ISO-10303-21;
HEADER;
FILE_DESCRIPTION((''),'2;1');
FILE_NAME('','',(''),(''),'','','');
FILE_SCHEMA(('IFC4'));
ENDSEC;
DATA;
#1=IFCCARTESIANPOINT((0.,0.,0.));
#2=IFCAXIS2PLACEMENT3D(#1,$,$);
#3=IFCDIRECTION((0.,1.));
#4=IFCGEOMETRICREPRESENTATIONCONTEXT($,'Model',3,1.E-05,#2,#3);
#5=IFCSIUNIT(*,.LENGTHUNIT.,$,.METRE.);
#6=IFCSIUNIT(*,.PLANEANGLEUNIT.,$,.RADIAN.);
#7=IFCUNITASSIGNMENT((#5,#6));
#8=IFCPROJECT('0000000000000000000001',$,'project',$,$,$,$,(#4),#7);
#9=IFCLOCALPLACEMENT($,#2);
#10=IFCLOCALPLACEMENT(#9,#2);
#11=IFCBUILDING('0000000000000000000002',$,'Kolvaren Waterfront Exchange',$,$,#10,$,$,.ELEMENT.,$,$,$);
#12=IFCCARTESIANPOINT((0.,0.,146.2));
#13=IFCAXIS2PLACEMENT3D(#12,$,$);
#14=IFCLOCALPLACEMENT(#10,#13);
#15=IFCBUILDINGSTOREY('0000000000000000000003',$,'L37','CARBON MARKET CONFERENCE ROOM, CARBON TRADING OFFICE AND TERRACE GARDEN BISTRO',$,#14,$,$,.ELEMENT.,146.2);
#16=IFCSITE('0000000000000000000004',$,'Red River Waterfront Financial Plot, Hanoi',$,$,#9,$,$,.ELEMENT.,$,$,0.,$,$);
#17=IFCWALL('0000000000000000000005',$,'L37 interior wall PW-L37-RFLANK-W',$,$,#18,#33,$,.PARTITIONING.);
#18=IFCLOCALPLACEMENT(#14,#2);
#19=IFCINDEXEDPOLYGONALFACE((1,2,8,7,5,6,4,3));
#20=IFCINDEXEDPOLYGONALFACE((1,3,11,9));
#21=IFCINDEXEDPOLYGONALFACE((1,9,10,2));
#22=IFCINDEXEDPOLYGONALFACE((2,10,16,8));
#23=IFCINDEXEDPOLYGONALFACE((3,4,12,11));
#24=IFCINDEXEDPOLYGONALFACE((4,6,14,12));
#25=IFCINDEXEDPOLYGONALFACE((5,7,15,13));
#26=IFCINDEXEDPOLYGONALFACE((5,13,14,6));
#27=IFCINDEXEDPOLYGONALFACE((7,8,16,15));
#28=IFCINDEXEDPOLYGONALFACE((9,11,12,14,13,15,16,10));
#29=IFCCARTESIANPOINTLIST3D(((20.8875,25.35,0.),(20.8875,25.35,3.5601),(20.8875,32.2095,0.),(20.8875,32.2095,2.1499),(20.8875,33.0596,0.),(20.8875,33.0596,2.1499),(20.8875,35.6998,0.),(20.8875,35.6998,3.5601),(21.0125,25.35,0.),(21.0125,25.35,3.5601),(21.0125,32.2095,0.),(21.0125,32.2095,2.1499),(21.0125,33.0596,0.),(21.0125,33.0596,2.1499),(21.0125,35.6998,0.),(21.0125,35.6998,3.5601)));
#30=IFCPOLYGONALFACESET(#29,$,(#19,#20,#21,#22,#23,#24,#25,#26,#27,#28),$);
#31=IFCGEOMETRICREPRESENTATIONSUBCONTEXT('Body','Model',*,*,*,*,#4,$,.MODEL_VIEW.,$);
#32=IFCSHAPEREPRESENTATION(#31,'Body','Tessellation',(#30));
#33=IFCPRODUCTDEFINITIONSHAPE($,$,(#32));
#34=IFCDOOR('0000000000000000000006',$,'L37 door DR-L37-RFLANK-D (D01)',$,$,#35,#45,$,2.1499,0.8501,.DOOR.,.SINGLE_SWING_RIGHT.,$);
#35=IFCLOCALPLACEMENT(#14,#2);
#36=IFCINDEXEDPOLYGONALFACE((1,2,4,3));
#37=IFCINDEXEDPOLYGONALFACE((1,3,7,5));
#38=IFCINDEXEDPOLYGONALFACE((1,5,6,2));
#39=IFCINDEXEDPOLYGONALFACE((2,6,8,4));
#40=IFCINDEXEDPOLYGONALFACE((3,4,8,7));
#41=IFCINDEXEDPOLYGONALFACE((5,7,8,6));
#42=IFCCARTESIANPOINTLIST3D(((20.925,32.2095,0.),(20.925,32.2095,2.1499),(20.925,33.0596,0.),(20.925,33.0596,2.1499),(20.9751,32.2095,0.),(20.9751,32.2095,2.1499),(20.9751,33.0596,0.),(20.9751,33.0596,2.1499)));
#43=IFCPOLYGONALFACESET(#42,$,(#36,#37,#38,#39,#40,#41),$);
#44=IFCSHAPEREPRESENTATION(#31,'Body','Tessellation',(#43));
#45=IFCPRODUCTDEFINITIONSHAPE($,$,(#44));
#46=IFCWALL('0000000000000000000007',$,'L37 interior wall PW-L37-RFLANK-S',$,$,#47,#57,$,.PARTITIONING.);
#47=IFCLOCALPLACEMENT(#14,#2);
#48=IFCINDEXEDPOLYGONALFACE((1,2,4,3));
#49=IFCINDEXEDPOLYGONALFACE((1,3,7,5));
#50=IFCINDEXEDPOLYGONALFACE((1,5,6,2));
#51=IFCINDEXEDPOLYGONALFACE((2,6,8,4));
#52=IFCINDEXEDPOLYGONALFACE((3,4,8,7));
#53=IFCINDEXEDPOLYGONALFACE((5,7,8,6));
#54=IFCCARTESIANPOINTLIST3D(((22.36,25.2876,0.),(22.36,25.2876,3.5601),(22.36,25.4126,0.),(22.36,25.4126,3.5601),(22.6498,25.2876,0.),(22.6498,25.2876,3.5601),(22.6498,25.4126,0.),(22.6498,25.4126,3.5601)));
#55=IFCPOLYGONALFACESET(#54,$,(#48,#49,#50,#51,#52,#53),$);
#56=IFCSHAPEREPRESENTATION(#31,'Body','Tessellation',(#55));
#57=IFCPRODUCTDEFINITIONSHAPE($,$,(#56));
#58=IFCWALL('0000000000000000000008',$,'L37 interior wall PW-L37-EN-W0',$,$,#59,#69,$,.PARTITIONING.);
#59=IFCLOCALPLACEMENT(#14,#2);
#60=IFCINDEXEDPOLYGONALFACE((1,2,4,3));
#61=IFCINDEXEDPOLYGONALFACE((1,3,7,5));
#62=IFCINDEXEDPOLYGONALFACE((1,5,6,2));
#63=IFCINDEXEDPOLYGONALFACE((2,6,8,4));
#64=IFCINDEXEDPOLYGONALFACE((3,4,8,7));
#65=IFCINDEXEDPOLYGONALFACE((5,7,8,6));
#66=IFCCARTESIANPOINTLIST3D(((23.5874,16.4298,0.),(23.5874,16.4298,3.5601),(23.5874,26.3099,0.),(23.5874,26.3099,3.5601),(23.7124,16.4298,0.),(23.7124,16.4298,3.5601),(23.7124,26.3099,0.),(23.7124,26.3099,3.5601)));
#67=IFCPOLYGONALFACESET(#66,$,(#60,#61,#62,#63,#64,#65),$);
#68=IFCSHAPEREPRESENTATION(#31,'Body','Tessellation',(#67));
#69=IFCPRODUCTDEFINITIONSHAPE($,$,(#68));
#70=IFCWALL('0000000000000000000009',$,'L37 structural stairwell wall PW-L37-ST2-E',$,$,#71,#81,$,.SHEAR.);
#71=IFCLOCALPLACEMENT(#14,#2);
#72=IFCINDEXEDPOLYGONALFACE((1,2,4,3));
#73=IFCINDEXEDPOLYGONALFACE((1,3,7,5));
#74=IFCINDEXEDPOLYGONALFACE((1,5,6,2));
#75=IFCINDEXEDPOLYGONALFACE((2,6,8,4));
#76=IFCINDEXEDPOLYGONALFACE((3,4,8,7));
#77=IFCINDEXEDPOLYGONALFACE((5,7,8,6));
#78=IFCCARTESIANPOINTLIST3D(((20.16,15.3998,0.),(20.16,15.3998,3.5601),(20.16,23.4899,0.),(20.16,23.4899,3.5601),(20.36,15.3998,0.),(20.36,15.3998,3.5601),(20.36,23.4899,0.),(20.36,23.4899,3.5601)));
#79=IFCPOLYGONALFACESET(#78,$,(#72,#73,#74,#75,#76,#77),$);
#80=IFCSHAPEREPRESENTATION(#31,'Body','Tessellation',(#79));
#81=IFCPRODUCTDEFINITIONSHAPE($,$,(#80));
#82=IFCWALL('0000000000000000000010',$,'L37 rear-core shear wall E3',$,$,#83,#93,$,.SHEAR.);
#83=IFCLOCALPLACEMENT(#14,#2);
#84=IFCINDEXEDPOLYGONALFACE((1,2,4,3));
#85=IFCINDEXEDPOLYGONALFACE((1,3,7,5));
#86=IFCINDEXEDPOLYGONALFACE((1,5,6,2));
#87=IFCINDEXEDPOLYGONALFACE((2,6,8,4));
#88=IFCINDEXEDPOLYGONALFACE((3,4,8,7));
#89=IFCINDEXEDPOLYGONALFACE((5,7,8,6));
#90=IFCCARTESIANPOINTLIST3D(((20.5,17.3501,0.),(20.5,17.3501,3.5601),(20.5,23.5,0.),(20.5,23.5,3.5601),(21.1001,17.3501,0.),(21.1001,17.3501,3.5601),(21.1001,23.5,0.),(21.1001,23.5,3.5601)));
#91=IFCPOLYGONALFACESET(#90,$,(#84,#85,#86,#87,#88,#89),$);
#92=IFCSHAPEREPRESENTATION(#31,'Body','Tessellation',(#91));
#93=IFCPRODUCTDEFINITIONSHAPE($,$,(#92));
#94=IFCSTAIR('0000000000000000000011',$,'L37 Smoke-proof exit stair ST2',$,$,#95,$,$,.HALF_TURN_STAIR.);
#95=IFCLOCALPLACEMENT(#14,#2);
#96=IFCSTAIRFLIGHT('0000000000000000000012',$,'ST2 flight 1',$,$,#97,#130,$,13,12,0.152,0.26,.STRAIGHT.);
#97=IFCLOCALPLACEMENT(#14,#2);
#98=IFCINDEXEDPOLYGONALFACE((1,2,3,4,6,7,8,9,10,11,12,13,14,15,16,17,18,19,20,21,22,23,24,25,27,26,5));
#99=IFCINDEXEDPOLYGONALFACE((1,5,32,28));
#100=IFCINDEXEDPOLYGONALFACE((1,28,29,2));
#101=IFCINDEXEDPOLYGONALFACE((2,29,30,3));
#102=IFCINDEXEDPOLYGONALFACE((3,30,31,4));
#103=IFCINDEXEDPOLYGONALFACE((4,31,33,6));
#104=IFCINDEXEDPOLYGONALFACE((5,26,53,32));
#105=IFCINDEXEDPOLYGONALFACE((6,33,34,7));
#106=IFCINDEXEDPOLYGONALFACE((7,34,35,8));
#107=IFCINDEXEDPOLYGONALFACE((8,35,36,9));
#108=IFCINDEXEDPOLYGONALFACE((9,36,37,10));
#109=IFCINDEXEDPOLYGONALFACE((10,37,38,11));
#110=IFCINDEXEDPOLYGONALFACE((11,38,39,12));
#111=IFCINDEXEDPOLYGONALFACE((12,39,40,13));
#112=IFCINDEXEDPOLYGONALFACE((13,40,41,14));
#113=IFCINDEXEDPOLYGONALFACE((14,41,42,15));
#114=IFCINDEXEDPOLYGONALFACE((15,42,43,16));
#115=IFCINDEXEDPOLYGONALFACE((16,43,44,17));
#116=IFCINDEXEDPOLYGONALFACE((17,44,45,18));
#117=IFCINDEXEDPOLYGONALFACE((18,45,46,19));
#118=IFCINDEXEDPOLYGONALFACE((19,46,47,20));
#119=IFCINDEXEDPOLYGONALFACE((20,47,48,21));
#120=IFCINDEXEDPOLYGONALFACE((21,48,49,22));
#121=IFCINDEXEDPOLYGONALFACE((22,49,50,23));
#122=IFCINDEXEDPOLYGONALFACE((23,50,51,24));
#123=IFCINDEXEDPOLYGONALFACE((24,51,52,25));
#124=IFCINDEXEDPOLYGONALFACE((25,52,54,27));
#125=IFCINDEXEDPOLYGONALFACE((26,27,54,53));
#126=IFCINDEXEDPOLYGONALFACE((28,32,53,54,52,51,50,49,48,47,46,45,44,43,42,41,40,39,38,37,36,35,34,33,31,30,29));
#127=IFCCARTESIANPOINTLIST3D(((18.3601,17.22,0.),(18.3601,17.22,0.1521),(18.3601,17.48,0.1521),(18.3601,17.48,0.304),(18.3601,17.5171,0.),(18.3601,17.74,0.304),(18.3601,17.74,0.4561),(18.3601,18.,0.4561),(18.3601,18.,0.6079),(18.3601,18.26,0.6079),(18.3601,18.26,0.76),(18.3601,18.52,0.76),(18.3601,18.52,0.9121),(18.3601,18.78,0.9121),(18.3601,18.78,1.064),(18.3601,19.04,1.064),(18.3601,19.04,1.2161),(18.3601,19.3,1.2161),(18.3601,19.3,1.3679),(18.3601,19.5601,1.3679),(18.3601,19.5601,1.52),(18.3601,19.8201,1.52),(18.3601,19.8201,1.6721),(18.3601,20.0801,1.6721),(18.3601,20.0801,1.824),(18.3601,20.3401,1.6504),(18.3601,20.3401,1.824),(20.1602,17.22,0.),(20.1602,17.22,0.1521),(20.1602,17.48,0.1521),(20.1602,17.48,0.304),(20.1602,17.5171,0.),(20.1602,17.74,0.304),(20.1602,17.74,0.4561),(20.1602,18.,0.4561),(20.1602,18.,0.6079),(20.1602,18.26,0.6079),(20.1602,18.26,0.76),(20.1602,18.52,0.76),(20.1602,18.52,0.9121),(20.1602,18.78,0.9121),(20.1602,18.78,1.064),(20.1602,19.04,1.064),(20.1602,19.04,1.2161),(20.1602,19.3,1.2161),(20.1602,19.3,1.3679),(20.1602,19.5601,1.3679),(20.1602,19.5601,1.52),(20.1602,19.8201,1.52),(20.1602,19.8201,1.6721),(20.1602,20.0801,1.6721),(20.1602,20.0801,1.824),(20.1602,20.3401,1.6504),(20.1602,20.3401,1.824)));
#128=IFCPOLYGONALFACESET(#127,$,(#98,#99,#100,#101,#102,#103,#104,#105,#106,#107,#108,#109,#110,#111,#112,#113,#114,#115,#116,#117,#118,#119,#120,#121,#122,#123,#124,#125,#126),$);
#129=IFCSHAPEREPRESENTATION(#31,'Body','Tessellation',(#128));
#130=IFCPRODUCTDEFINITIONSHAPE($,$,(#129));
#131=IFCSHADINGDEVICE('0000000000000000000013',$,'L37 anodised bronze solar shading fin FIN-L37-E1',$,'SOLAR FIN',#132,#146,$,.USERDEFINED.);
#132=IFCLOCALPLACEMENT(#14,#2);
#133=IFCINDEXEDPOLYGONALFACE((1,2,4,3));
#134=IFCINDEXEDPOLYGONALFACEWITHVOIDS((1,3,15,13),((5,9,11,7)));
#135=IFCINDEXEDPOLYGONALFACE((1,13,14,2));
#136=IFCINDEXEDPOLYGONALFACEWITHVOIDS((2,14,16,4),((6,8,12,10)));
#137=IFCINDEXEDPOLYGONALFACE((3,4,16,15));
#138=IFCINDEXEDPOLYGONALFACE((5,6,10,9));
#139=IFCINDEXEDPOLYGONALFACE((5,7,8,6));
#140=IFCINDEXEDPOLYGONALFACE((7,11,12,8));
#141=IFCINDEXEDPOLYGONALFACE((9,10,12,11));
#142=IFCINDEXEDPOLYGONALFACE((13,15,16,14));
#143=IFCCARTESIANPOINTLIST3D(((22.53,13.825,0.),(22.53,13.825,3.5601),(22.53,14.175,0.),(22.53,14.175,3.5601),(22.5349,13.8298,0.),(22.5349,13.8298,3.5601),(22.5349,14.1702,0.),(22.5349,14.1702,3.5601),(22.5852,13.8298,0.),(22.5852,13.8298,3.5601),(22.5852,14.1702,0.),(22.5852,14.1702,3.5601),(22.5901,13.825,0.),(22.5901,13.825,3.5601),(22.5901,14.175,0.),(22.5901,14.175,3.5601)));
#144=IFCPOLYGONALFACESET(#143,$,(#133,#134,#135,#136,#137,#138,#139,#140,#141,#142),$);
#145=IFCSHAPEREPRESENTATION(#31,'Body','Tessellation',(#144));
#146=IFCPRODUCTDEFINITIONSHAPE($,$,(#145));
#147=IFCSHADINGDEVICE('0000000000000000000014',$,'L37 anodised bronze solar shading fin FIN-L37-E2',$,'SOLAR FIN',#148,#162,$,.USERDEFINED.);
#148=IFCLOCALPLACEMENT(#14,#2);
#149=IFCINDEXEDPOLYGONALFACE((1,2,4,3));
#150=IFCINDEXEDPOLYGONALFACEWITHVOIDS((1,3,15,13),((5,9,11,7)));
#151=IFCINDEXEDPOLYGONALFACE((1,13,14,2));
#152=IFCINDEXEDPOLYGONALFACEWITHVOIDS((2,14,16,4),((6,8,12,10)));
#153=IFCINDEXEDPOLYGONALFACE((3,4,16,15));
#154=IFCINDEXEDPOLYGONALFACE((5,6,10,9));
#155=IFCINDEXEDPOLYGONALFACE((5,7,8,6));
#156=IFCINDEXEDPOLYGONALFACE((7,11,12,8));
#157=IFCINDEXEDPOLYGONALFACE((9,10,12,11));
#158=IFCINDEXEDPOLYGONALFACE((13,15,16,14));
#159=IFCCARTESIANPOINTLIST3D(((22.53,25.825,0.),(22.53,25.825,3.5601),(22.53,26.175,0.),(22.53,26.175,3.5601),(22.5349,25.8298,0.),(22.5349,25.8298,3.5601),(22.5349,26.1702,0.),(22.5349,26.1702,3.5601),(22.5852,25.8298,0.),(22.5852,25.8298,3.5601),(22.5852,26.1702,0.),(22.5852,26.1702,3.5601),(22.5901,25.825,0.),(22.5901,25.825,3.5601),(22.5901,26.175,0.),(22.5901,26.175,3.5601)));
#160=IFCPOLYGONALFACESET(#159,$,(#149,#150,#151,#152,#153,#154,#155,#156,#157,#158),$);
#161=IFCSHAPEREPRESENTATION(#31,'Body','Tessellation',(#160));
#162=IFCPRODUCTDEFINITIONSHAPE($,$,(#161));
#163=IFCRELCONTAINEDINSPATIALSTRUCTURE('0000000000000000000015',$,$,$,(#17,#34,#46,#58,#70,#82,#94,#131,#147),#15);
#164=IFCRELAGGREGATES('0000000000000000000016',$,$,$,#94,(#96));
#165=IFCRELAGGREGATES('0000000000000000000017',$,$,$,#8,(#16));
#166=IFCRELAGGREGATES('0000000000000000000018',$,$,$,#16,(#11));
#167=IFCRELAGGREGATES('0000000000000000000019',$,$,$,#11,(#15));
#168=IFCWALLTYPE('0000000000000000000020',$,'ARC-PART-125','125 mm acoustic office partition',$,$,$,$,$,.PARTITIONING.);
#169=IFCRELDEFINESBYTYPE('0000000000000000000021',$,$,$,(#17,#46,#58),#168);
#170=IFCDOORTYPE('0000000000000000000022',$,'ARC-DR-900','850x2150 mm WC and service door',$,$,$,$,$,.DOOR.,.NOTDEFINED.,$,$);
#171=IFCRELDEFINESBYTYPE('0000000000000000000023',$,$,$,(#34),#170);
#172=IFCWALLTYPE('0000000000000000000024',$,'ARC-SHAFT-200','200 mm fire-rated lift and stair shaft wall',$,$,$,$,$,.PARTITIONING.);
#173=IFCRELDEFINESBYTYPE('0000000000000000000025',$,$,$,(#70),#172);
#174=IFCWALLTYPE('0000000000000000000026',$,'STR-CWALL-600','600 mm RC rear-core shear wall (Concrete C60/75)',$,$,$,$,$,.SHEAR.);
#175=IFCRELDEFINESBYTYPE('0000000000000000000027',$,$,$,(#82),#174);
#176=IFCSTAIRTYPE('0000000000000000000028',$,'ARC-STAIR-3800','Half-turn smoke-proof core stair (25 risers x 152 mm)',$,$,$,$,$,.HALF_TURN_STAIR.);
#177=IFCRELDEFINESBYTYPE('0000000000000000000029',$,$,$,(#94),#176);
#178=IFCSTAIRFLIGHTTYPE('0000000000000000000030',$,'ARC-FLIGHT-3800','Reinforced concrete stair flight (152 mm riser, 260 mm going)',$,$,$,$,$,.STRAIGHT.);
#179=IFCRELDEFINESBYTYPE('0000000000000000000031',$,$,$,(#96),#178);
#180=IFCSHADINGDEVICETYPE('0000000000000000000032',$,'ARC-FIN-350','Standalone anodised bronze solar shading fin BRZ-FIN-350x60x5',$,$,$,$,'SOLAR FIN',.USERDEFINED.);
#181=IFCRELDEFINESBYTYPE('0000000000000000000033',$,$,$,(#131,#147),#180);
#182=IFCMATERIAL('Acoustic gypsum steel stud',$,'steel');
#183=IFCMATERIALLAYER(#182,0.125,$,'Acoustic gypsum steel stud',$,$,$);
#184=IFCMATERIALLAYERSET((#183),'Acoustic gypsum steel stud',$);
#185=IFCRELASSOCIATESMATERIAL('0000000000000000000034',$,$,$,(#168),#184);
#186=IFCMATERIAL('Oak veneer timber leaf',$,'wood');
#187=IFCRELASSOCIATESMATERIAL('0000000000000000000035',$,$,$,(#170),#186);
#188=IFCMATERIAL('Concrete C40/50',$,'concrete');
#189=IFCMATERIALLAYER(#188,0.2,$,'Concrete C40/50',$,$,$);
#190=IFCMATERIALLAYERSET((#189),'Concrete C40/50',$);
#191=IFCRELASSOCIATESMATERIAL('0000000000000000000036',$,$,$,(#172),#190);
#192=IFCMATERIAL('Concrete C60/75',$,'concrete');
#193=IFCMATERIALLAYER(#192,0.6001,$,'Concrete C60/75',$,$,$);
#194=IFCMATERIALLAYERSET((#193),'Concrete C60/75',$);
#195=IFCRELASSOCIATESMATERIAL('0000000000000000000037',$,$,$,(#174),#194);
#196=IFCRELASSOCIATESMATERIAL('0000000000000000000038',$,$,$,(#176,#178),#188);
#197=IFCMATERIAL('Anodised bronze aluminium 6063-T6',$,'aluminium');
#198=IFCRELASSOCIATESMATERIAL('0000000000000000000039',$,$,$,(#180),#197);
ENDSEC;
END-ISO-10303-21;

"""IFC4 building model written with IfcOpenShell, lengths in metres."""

from ifc_helpers import new_model, si_unit, direction, frame, frame_2d, origin, origin_2d, place, context, subcontext, project, spatial, polyline, rectangle, hollow_rectangle, outline, extrude, material, layer, layer_set, material_profile, profile_set, type_object, element, fill, aggregate, save


model = new_model("IFC4")

# Units and contexts
model_context = context("Model", 3, precision=1e-05, world=origin(), true_north=direction((0.0, 1.0)))
body_context = subcontext(model_context, "Body", "Model", "MODEL_VIEW")
ifc_project = project(units=[si_unit("LENGTHUNIT", "METRE"), si_unit("PLANEANGLEUNIT", "RADIAN")], contexts=[model_context])

# Site, building, storey
site_placement = place(None, origin())
site = spatial("IfcSite", under=ifc_project, at=site_placement, Name="Red River Waterfront Financial Plot, Hanoi", CompositionType="ELEMENT", RefElevation=0.0)
building_placement = place(site_placement, origin())
building = spatial("IfcBuilding", under=site, at=building_placement, Name="Kolvaren Waterfront Exchange", CompositionType="ELEMENT")
storey_placement = place(building_placement, frame((0.0, 0.0, 146.2)))
storey = spatial("IfcBuildingStorey", under=building, at=storey_placement, Name="L37", Description="CARBON MARKET CONFERENCE ROOM, CARBON TRADING OFFICE AND TERRACE GARDEN BISTRO", CompositionType="ELEMENT", Elevation=146.2)

# Shared definitions
ifc_material_1 = material(Name="Concrete C60/75", Category="concrete")

# Shared definitions
ifc_material_2 = material(Name="Anodised bronze aluminium 6063-T6", Category="aluminium")

# Wall, opening, door
ifc_material_3 = material(Name="Acoustic gypsum steel stud", Category="steel")
ifc_layer_1 = layer(ifc_material_3, 0.125, Name="Acoustic gypsum steel stud")
ifc_layer_set_1 = layer_set([ifc_layer_1], Name="Acoustic gypsum steel stud")
wall_type_1 = type_object("IfcWallType", Name="ARC-PART-125", Description="125 mm acoustic office partition", PredefinedType="PARTITIONING", material=ifc_layer_set_1)
wall_1_placement = place(storey_placement, frame((20.95, 25.3501, 0.0), z_axis=(0.0, 0.0, 1.0), x_axis=(0.0, 1.0, 0.0)))
wall_1 = element("IfcWall", 1, at=wall_1_placement, inside=storey, type_object=wall_type_1, Name="L37 interior wall PW-L37-RFLANK-W", PredefinedType="PARTITIONING", context=body_context, shape_type="SweptSolid", body=[
    extrude(rectangle(XDim=10.3499, YDim=0.125, at=frame_2d((5.1748, 0.0))), origin(), (0.0, 0.0, 1.0), 3.5601),
])
opening_1_placement = place(wall_1_placement, frame((6.8594, 0.0, 0.0)))
opening_1 = element("IfcOpeningElement", 2, at=opening_1_placement, cuts=wall_1, PredefinedType="OPENING", context=body_context, shape_type="SweptSolid", body=[
    extrude(rectangle(XDim=0.8501, YDim=2.1499, at=frame_2d((0.425, 1.075))), frame((0.0, 0.0725, 0.0), z_axis=(0.0, -1.0, 0.0), x_axis=(1.0, 0.0, 0.0)), (0.0, 0.0, 1.0), 0.145),
])
ifc_material_4 = material(Name="Oak veneer timber leaf", Category="wood")
door_type_1 = type_object("IfcDoorType", Name="ARC-DR-900", Description="850x2150 mm WC and service door", OperationType="NOTDEFINED", PredefinedType="DOOR", material=ifc_material_4)
door_1_placement = place(opening_1_placement, origin())
door_1 = element("IfcDoor", 3, at=door_1_placement, inside=storey, type_object=door_type_1, Name="L37 door DR-L37-RFLANK-D (D01)", OperationType="SINGLE_SWING_RIGHT", OverallHeight=2.1499, OverallWidth=0.8501, PredefinedType="DOOR", context=body_context, shape_type="SweptSolid", body=[
    extrude(rectangle(XDim=0.8501, YDim=2.1499, at=frame_2d((0.425, 1.075))), frame((0.0, 0.0249, 0.0), z_axis=(0.0, -1.0, 0.0), x_axis=(1.0, 0.0, 0.0)), (0.0, 0.0, 1.0), 0.05),
])
fill(opening_1, door_1)

# Walls
wall_2_placement = place(storey_placement, frame((22.6499, 25.3501, 0.0), z_axis=(0.0, 0.0, 1.0), x_axis=(-1.0, 0.0, 0.0)))
element("IfcWall", 4, at=wall_2_placement, inside=storey, type_object=wall_type_1, Name="L37 interior wall PW-L37-RFLANK-S", PredefinedType="PARTITIONING", context=body_context, shape_type="SweptSolid", body=[
    extrude(rectangle(XDim=0.2898, YDim=0.125, at=frame_2d((0.145, 0.0))), origin(), (0.0, 0.0, 1.0), 3.5601),
])
wall_3_placement = place(storey_placement, frame((23.6499, 16.4299, 0.0), z_axis=(0.0, 0.0, 1.0), x_axis=(0.0, 1.0, 0.0)))
element("IfcWall", 5, at=wall_3_placement, inside=storey, type_object=wall_type_1, Name="L37 interior wall PW-L37-EN-W0", PredefinedType="PARTITIONING", context=body_context, shape_type="SweptSolid", body=[
    extrude(rectangle(XDim=9.8801, YDim=0.125, at=frame_2d((4.9399, 0.0))), origin(), (0.0, 0.0, 1.0), 3.5601),
])
ifc_material_5 = material(Name="Concrete C40/50", Category="concrete")
ifc_layer_2 = layer(ifc_material_5, 0.2, Name="Concrete C40/50")
ifc_layer_set_2 = layer_set([ifc_layer_2], Name="Concrete C40/50")
wall_type_2 = type_object("IfcWallType", Name="ARC-SHAFT-200", Description="200 mm fire-rated lift and stair shaft wall", PredefinedType="PARTITIONING", material=ifc_layer_set_2)
wall_4_placement = place(storey_placement, frame((20.26, 15.3999, 0.0), z_axis=(0.0, 0.0, 1.0), x_axis=(0.0, 1.0, 0.0)))
element("IfcWall", 6, at=wall_4_placement, inside=storey, type_object=wall_type_2, Name="L37 structural stairwell wall PW-L37-ST2-E", PredefinedType="SHEAR", context=body_context, shape_type="SweptSolid", body=[
    extrude(rectangle(XDim=8.0901, YDim=0.2, at=frame_2d((4.0449, 0.0))), origin(), (0.0, 0.0, 1.0), 3.5601),
])
ifc_layer_3 = layer(ifc_material_1, 0.6001, Name="Concrete C60/75")
ifc_layer_set_3 = layer_set([ifc_layer_3], Name="Concrete C60/75")
wall_type_3 = type_object("IfcWallType", Name="STR-CWALL-600", Description="600 mm RC rear-core shear wall (Concrete C60/75)", PredefinedType="SHEAR", material=ifc_layer_set_3)
wall_5_placement = place(storey_placement, frame((20.8, 17.3501, 0.0), z_axis=(0.0, 0.0, 1.0), x_axis=(0.0, 1.0, 0.0)))
element("IfcWall", 7, at=wall_5_placement, inside=storey, type_object=wall_type_3, Name="L37 rear-core shear wall E3", PredefinedType="SHEAR", context=body_context, shape_type="SweptSolid", body=[
    extrude(rectangle(XDim=6.1499, YDim=0.6001, at=frame_2d((3.075, 0.0))), origin(), (0.0, 0.0, 1.0), 3.5601),
])

# Stair, stair flight
stair_type = type_object("IfcStairType", Name="ARC-STAIR-3800", Description="Half-turn smoke-proof core stair (25 risers x 152 mm)", PredefinedType="HALF_TURN_STAIR", material=ifc_material_5)
stair_placement = place(storey_placement, origin())
stair = element("IfcStair", 8, at=stair_placement, inside=storey, type_object=stair_type, Name="L37 Smoke-proof exit stair ST2", PredefinedType="HALF_TURN_STAIR")
stair_flight_type = type_object("IfcStairFlightType", Name="ARC-FLIGHT-3800", Description="Reinforced concrete stair flight (152 mm riser, 260 mm going)", PredefinedType="STRAIGHT", material=ifc_material_5)
stair_flight_placement = place(storey_placement, frame((19.26, 17.22, 0.0), z_axis=(0.0, 0.0, 1.0), x_axis=(0.0, 1.0, 0.0)))
stair_flight = element("IfcStairFlight", 9, at=stair_flight_placement, type_object=stair_flight_type, Name="ST2 flight 1", NumberOfRisers=13, NumberOfTreads=12, PredefinedType="STRAIGHT", RiserHeight=0.152, TreadLength=0.26, context=body_context, shape_type="SweptSolid", body=[
    extrude(outline(polyline([(0.0, 0.0), (0.0, 0.1521), (0.26, 0.1521), (0.26, 0.304), (0.52, 0.304), (0.52, 0.4561), (0.78, 0.4561), (0.78, 0.6079), (1.04, 0.6079), (1.04, 0.76), (1.3, 0.76), (1.3, 0.9121), (1.5601, 0.9121), (1.5601, 1.064), (1.8201, 1.064), (1.8201, 1.2161), (2.0801, 1.2161), (2.0801, 1.3679), (2.3401, 1.3679), (2.3401, 1.52), (2.6001, 1.52), (2.6001, 1.6721), (2.8601, 1.6721), (2.8601, 1.824), (3.1201, 1.824), (3.1201, 1.9761), (3.1201, 1.6504), (0.2971, 0.0), (0.0, 0.0)])), frame((0.0, 0.8999, 0.0), z_axis=(0.0, -1.0, 0.0), x_axis=(1.0, 0.0, 0.0)), (0.0, 0.0, 1.0), 1.8),
])
aggregate(stair, [stair_flight])

# Shading devices
ifc_material_profile_1 = material_profile(ifc_material_2, hollow_rectangle(XDim=0.0601, YDim=0.3501, WallThickness=0.0049, at=origin_2d()), Name="BRZ-FIN-350x60x5")
ifc_profile_set_1 = profile_set([ifc_material_profile_1], Name="Anodised bronze aluminium 6063-T6")
shading_device_type = type_object("IfcShadingDeviceType", Name="ARC-FIN-350", Description="Standalone anodised bronze solar shading fin BRZ-FIN-350x60x5", ElementType="SOLAR FIN", PredefinedType="USERDEFINED", material=ifc_profile_set_1)
for number, where, z_axis, x_axis, name in (
    (10, (22.5601, 14.0, 0.0), (0.0, 0.0, 1.0), (1.0, 0.0, 0.0), "L37 anodised bronze solar shading fin FIN-L37-E1"),
    (11, (22.5601, 26.0, 0.0), (0.0, 0.0, 1.0), (1.0, 0.0, 0.0), "L37 anodised bronze solar shading fin FIN-L37-E2"),
):
    element("IfcShadingDevice", number, at=place(storey_placement, frame(where, z_axis=z_axis, x_axis=x_axis)), inside=storey, type_object=shading_device_type, Name=name, ObjectType="SOLAR FIN", PredefinedType="USERDEFINED", context=body_context, shape_type="SweptSolid", body=[
        extrude(hollow_rectangle(XDim=0.0601, YDim=0.3501, WallThickness=0.0049, at=origin_2d()), origin(), (0.0, 0.0, 1.0), 3.5601),
    ])

save(model, "model.ifc")
